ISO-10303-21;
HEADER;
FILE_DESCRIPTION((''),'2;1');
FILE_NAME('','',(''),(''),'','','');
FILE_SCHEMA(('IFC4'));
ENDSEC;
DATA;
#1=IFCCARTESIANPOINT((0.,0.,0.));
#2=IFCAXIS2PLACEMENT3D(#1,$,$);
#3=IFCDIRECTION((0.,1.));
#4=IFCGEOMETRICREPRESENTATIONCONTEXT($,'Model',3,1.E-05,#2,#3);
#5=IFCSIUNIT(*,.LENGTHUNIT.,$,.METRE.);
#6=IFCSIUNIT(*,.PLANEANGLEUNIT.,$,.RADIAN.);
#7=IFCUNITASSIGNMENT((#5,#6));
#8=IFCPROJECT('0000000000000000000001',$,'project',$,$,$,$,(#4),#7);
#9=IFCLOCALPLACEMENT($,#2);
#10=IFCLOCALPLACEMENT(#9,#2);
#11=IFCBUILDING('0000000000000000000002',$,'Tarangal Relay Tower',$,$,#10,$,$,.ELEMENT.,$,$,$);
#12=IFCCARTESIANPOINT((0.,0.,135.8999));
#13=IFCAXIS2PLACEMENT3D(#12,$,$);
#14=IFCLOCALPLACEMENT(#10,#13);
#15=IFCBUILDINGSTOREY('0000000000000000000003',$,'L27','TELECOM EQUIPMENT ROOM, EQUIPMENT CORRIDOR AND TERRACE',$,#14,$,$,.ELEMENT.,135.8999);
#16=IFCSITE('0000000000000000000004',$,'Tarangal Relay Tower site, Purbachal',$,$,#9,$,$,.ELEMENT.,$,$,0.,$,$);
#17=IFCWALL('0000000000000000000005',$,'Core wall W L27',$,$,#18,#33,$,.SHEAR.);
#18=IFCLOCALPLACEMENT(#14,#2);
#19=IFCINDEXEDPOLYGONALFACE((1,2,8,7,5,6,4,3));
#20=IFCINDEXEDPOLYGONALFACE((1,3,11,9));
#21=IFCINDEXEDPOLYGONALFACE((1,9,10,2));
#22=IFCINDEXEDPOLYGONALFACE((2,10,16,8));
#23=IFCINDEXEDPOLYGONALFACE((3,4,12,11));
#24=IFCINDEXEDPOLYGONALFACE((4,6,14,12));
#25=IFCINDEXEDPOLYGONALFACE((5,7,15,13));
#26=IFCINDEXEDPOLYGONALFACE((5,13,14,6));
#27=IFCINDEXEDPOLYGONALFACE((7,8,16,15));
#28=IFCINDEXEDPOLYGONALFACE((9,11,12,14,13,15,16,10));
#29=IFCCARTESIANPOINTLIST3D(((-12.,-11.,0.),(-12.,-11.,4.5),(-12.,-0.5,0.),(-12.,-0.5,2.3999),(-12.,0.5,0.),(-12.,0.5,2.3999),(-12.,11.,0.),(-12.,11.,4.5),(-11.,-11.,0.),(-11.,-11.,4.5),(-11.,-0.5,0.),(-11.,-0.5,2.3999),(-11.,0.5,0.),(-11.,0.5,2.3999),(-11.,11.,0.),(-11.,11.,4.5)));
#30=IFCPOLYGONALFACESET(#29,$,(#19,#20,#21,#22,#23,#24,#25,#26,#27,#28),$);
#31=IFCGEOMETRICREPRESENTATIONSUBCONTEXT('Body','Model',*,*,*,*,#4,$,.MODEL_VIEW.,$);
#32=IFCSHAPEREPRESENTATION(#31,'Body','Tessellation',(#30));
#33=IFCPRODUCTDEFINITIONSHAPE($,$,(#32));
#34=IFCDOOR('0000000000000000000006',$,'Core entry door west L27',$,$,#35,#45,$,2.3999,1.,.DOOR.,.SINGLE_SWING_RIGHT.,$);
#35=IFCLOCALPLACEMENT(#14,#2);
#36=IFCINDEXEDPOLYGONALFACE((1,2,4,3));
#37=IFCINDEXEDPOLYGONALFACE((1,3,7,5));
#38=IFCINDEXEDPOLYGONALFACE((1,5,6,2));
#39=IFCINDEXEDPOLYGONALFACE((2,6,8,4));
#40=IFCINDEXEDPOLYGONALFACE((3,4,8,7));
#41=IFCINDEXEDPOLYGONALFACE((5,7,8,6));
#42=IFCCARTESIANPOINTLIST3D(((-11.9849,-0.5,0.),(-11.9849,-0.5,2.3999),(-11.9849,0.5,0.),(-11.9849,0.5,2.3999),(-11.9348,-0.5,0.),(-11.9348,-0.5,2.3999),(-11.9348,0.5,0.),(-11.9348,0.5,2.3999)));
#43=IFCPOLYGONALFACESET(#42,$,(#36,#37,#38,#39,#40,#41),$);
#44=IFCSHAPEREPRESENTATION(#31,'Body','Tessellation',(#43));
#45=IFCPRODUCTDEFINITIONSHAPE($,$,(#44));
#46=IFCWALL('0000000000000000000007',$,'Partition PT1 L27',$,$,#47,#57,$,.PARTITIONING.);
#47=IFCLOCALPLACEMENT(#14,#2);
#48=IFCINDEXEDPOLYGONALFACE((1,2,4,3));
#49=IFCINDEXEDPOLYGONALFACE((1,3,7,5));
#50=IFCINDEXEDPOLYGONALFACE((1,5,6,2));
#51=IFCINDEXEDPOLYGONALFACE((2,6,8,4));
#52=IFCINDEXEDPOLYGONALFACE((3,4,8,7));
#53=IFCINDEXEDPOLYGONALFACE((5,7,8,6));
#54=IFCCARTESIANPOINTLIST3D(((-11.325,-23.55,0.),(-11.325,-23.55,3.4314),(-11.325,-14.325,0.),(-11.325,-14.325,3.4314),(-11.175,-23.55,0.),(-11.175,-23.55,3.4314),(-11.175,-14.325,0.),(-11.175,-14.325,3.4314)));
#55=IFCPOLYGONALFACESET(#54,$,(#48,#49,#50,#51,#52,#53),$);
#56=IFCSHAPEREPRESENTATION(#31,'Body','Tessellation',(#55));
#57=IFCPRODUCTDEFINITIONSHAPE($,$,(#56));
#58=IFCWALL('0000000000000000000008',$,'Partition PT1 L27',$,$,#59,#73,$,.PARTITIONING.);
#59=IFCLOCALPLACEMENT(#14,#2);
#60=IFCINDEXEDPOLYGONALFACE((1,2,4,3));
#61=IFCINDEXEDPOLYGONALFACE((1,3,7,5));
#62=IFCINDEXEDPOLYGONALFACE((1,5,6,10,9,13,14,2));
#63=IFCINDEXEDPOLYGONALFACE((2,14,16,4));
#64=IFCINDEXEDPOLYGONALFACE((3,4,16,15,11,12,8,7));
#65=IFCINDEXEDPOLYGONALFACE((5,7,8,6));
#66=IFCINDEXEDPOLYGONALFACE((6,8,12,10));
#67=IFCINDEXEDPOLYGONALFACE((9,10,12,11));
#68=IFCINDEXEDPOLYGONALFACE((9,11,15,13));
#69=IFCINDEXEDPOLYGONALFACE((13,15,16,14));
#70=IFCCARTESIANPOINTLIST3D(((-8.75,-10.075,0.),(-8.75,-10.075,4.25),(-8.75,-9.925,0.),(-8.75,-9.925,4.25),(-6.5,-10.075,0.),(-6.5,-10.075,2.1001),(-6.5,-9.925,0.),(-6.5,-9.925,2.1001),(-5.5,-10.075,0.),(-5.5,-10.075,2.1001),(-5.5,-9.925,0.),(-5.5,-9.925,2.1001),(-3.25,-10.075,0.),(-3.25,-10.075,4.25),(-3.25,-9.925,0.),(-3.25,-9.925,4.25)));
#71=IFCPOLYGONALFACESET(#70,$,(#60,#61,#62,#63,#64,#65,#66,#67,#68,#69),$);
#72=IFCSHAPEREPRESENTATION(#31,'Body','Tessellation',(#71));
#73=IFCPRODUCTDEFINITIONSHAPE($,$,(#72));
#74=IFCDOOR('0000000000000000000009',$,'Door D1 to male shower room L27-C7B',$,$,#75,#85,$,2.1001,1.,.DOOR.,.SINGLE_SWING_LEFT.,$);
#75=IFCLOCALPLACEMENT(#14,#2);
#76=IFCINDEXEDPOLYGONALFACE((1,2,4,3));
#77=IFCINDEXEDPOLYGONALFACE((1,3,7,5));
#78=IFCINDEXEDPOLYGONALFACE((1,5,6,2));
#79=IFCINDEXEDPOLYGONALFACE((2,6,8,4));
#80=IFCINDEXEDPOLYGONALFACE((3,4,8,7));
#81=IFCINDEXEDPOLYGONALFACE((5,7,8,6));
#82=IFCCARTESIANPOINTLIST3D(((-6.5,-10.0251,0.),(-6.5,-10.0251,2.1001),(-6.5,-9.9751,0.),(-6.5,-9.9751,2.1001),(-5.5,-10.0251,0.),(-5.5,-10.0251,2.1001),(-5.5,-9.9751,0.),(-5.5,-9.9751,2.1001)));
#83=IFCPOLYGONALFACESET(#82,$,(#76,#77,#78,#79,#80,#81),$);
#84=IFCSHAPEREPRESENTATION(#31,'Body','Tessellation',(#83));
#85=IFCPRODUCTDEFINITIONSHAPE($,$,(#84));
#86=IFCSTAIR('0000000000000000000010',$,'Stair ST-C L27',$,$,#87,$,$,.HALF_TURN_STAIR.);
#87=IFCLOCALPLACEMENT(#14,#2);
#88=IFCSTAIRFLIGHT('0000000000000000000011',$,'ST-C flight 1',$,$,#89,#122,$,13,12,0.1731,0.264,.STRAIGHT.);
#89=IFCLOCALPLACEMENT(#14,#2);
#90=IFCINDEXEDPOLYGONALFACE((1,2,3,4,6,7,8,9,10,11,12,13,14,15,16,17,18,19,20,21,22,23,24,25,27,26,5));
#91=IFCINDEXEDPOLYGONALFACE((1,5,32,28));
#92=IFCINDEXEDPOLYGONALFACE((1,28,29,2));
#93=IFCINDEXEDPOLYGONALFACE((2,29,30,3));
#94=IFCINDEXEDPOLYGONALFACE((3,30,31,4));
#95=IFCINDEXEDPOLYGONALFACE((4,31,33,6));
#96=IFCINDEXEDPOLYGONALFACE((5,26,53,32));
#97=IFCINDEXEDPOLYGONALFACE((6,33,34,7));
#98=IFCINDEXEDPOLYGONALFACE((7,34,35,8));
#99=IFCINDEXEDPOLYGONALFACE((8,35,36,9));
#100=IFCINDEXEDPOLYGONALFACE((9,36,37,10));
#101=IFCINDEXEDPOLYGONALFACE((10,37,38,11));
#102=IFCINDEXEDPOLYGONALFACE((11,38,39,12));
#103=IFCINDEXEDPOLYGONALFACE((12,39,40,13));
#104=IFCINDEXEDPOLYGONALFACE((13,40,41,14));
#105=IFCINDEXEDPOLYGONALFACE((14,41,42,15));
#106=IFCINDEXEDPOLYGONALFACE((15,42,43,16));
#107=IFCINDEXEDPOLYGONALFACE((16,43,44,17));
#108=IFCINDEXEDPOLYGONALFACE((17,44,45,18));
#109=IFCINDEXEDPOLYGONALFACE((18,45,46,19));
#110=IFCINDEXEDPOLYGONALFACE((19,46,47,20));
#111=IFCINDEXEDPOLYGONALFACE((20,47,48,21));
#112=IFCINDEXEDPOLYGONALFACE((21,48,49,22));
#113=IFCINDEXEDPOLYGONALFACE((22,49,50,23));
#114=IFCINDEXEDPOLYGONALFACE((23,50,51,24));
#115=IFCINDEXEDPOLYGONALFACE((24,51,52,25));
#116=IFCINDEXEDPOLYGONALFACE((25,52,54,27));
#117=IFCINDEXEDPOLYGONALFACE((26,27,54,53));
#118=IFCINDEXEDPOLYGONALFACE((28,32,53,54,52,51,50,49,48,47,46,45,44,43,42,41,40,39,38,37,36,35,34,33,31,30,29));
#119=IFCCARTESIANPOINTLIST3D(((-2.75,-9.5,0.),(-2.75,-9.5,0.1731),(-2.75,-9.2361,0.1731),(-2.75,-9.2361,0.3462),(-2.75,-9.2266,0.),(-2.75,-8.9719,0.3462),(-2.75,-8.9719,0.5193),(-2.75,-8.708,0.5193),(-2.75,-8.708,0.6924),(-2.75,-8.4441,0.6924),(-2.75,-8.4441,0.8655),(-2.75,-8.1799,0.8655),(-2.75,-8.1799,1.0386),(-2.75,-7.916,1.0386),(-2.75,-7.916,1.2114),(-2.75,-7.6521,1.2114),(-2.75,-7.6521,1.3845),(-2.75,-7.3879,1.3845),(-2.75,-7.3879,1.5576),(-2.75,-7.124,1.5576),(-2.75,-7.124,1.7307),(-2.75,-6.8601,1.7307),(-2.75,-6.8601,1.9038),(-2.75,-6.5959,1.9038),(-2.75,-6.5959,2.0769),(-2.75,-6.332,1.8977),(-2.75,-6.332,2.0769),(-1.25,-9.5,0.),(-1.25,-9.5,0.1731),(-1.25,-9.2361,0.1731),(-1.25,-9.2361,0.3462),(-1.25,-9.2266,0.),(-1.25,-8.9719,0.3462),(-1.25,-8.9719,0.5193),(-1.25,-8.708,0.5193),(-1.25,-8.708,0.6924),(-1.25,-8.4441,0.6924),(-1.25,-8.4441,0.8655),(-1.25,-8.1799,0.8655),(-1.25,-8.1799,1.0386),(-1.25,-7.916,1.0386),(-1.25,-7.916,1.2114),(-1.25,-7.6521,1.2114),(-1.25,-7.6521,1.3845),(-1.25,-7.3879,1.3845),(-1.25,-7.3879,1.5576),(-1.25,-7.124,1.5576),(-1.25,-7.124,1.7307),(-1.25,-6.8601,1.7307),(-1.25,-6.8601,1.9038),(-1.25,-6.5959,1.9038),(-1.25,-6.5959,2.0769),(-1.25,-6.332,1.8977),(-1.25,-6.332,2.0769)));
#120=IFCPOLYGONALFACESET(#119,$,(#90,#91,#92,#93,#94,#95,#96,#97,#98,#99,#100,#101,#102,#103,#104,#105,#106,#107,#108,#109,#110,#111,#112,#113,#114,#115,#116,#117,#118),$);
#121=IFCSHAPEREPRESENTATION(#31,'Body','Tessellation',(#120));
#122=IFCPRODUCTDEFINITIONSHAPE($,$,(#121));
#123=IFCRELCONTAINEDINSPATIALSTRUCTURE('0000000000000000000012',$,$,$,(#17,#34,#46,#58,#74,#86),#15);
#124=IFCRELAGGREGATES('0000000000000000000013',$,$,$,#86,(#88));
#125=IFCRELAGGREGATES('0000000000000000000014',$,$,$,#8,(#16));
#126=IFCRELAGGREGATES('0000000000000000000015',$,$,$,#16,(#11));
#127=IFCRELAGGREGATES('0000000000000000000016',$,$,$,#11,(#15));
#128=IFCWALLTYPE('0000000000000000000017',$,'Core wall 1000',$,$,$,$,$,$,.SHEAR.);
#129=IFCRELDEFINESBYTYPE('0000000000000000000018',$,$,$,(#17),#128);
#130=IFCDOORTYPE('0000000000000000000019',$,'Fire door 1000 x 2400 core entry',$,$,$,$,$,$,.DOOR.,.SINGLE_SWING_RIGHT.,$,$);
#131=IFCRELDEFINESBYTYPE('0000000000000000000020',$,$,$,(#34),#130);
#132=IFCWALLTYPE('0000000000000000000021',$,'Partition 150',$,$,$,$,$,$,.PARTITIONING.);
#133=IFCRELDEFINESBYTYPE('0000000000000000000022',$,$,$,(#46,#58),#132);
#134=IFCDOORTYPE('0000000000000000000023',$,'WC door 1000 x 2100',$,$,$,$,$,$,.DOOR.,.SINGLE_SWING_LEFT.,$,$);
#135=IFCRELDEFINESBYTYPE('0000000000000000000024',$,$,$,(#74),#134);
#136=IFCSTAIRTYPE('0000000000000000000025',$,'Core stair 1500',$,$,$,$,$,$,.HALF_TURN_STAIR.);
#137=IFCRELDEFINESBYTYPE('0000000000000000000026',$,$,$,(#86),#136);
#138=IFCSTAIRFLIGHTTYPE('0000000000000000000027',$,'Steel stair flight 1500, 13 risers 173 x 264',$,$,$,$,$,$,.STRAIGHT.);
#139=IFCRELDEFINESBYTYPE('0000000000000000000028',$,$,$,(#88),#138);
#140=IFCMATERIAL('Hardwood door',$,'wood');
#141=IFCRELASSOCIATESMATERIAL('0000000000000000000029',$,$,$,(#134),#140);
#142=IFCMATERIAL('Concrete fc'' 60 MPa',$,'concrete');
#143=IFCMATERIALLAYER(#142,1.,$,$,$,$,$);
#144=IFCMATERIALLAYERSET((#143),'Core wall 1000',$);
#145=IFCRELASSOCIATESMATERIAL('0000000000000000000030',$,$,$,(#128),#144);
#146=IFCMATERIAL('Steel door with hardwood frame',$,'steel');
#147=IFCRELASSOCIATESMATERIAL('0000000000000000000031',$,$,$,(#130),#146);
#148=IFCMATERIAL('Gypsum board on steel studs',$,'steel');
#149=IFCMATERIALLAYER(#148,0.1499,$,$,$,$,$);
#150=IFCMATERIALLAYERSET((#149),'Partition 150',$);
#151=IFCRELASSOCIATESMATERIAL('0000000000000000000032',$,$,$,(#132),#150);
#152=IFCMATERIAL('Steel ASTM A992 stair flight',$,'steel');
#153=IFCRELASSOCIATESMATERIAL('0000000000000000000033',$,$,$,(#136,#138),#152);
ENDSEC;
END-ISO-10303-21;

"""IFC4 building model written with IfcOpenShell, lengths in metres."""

from ifc_helpers import new_model, si_unit, direction, frame, frame_2d, origin, place, context, subcontext, project, spatial, polyline, rectangle, outline, extrude, material, layer, layer_set, type_object, element, fill, aggregate, save


model = new_model("IFC4")

# Units and contexts
model_context = context("Model", 3, precision=1e-05, world=origin(), true_north=direction((0.0, 1.0)))
body_context = subcontext(model_context, "Body", "Model", "MODEL_VIEW")
ifc_project = project(units=[si_unit("LENGTHUNIT", "METRE"), si_unit("PLANEANGLEUNIT", "RADIAN")], contexts=[model_context])

# Site, building, storey
site_placement = place(None, origin())
site = spatial("IfcSite", under=ifc_project, at=site_placement, Name="Tarangal Relay Tower site, Purbachal", CompositionType="ELEMENT", RefElevation=0.0)
building_placement = place(site_placement, origin())
building = spatial("IfcBuilding", under=site, at=building_placement, Name="Tarangal Relay Tower", CompositionType="ELEMENT")
storey_placement = place(building_placement, frame((0.0, 0.0, 135.8999)))
storey = spatial("IfcBuildingStorey", under=building, at=storey_placement, Name="L27", Description="TELECOM EQUIPMENT ROOM, EQUIPMENT CORRIDOR AND TERRACE", CompositionType="ELEMENT", Elevation=135.8999)

# Shared definitions
ifc_material_1 = material(Name="Concrete fc' 60 MPa", Category="concrete")

# Shared definitions
ifc_material_2 = material(Name="Hardwood door", Category="wood")
door_type_1 = type_object("IfcDoorType", Name="WC door 1000 x 2100", OperationType="SINGLE_SWING_LEFT", PredefinedType="DOOR", material=ifc_material_2)

# Wall, opening, door
ifc_layer_1 = layer(ifc_material_1, 1.0)
ifc_layer_set_1 = layer_set([ifc_layer_1], Name="Core wall 1000")
wall_type_1 = type_object("IfcWallType", Name="Core wall 1000", PredefinedType="SHEAR", material=ifc_layer_set_1)
wall_1_placement = place(storey_placement, frame((-11.5, -11.0, 0.0), z_axis=(0.0, 0.0, 1.0), x_axis=(0.0, 1.0, 0.0)))
wall_1 = element("IfcWall", 1, at=wall_1_placement, inside=storey, type_object=wall_type_1, Name="Core wall W L27", PredefinedType="SHEAR", context=body_context, shape_type="SweptSolid", body=[
    extrude(rectangle(XDim=22.0, YDim=1.0, at=frame_2d((11.0, 0.0))), origin(), (0.0, 0.0, 1.0), 4.5),
])
opening_1_placement = place(wall_1_placement, frame((10.5, 0.0, 0.0)))
opening_1 = element("IfcOpeningElement", 2, at=opening_1_placement, cuts=wall_1, PredefinedType="OPENING", context=body_context, shape_type="SweptSolid", body=[
    extrude(rectangle(XDim=1.0, YDim=2.3999, at=frame_2d((0.5, 1.2))), frame((0.0, 0.51, 0.0), z_axis=(0.0, -1.0, 0.0), x_axis=(1.0, 0.0, 0.0)), (0.0, 0.0, 1.0), 1.02),
])
ifc_material_3 = material(Name="Steel door with hardwood frame", Category="steel")
door_type_2 = type_object("IfcDoorType", Name="Fire door 1000 x 2400 core entry", OperationType="SINGLE_SWING_RIGHT", PredefinedType="DOOR", material=ifc_material_3)
door_1_placement = place(opening_1_placement, origin())
door_1 = element("IfcDoor", 3, at=door_1_placement, inside=storey, type_object=door_type_2, Name="Core entry door west L27", OperationType="SINGLE_SWING_RIGHT", OverallHeight=2.3999, OverallWidth=1.0, PredefinedType="DOOR", context=body_context, shape_type="SweptSolid", body=[
    extrude(rectangle(XDim=1.0, YDim=2.3999, at=frame_2d((0.5, 1.2))), frame((0.0, 0.4849, 0.0), z_axis=(0.0, -1.0, 0.0), x_axis=(1.0, 0.0, 0.0)), (0.0, 0.0, 1.0), 0.05),
])
fill(opening_1, door_1)

# Wall
ifc_material_4 = material(Name="Gypsum board on steel studs", Category="steel")
ifc_layer_2 = layer(ifc_material_4, 0.1499)
ifc_layer_set_2 = layer_set([ifc_layer_2], Name="Partition 150")
wall_type_2 = type_object("IfcWallType", Name="Partition 150", PredefinedType="PARTITIONING", material=ifc_layer_set_2)
wall_2_placement = place(storey_placement, frame((-11.25, -23.55, 0.0), z_axis=(0.0, 0.0, 1.0), x_axis=(0.0, 1.0, 0.0)))
element("IfcWall", 4, at=wall_2_placement, inside=storey, type_object=wall_type_2, Name="Partition PT1 L27", PredefinedType="PARTITIONING", context=body_context, shape_type="SweptSolid", body=[
    extrude(rectangle(XDim=9.2251, YDim=0.1499, at=frame_2d((4.6125, 0.0))), origin(), (0.0, 0.0, 1.0), 3.4314),
])

# Wall, opening, door
wall_3_placement = place(storey_placement, frame((-8.75, -10.0, 0.0), z_axis=(0.0, 0.0, 1.0), x_axis=(1.0, 0.0, 0.0)))
wall_3 = element("IfcWall", 5, at=wall_3_placement, inside=storey, type_object=wall_type_2, Name="Partition PT1 L27", PredefinedType="PARTITIONING", context=body_context, shape_type="SweptSolid", body=[
    extrude(rectangle(XDim=5.5, YDim=0.1499, at=frame_2d((2.75, 0.0))), origin(), (0.0, 0.0, 1.0), 4.25),
])
opening_2_placement = place(wall_3_placement, frame((2.25, 0.0, 0.0)))
opening_2 = element("IfcOpeningElement", 6, at=opening_2_placement, cuts=wall_3, PredefinedType="OPENING", context=body_context, shape_type="SweptSolid", body=[
    extrude(rectangle(XDim=1.0, YDim=2.1001, at=frame_2d((0.5, 1.05))), frame((0.0, 0.085, 0.0), z_axis=(0.0, -1.0, 0.0), x_axis=(1.0, 0.0, 0.0)), (0.0, 0.0, 1.0), 0.1699),
])
door_2_placement = place(opening_2_placement, origin())
door_2 = element("IfcDoor", 7, at=door_2_placement, inside=storey, type_object=door_type_1, Name="Door D1 to male shower room L27-C7B", OperationType="SINGLE_SWING_LEFT", OverallHeight=2.1001, OverallWidth=1.0, PredefinedType="DOOR", context=body_context, shape_type="SweptSolid", body=[
    extrude(rectangle(XDim=1.0, YDim=2.1001, at=frame_2d((0.5, 1.05))), frame((0.0, 0.0249, 0.0), z_axis=(0.0, -1.0, 0.0), x_axis=(1.0, 0.0, 0.0)), (0.0, 0.0, 1.0), 0.05),
])
fill(opening_2, door_2)

# Stair, stair flight
ifc_material_5 = material(Name="Steel ASTM A992 stair flight", Category="steel")
stair_type = type_object("IfcStairType", Name="Core stair 1500", PredefinedType="HALF_TURN_STAIR", material=ifc_material_5)
stair_placement = place(storey_placement, origin())
stair = element("IfcStair", 8, at=stair_placement, inside=storey, type_object=stair_type, Name="Stair ST-C L27", PredefinedType="HALF_TURN_STAIR")
stair_flight_type = type_object("IfcStairFlightType", Name="Steel stair flight 1500, 13 risers 173 x 264", PredefinedType="STRAIGHT", material=ifc_material_5)
stair_flight_placement = place(storey_placement, frame((-2.0, -9.5, 0.0), z_axis=(0.0, 0.0, 1.0), x_axis=(0.0, 1.0, 0.0)))
stair_flight = element("IfcStairFlight", 9, at=stair_flight_placement, type_object=stair_flight_type, Name="ST-C flight 1", NumberOfRisers=13, NumberOfTreads=12, PredefinedType="STRAIGHT", RiserHeight=0.1731, TreadLength=0.264, context=body_context, shape_type="SweptSolid", body=[
    extrude(outline(polyline([(0.0, 0.0), (0.0, 0.1731), (0.2639, 0.1731), (0.2639, 0.3462), (0.5281, 0.3462), (0.5281, 0.5193), (0.792, 0.5193), (0.792, 0.6924), (1.0559, 0.6924), (1.0559, 0.8655), (1.3201, 0.8655), (1.3201, 1.0386), (1.584, 1.0386), (1.584, 1.2114), (1.8479, 1.2114), (1.8479, 1.3845), (2.1121, 1.3845), (2.1121, 1.5576), (2.376, 1.5576), (2.376, 1.7307), (2.6399, 1.7307), (2.6399, 1.9038), (2.9041, 1.9038), (2.9041, 2.0769), (3.168, 2.0769), (3.168, 2.25), (3.168, 1.8977), (0.2734, 0.0), (0.0, 0.0)])), frame((0.0, 0.75, 0.0), z_axis=(0.0, -1.0, 0.0), x_axis=(1.0, 0.0, 0.0)), (0.0, 0.0, 1.0), 1.5),
])
aggregate(stair, [stair_flight])

save(model, "model.ifc")
